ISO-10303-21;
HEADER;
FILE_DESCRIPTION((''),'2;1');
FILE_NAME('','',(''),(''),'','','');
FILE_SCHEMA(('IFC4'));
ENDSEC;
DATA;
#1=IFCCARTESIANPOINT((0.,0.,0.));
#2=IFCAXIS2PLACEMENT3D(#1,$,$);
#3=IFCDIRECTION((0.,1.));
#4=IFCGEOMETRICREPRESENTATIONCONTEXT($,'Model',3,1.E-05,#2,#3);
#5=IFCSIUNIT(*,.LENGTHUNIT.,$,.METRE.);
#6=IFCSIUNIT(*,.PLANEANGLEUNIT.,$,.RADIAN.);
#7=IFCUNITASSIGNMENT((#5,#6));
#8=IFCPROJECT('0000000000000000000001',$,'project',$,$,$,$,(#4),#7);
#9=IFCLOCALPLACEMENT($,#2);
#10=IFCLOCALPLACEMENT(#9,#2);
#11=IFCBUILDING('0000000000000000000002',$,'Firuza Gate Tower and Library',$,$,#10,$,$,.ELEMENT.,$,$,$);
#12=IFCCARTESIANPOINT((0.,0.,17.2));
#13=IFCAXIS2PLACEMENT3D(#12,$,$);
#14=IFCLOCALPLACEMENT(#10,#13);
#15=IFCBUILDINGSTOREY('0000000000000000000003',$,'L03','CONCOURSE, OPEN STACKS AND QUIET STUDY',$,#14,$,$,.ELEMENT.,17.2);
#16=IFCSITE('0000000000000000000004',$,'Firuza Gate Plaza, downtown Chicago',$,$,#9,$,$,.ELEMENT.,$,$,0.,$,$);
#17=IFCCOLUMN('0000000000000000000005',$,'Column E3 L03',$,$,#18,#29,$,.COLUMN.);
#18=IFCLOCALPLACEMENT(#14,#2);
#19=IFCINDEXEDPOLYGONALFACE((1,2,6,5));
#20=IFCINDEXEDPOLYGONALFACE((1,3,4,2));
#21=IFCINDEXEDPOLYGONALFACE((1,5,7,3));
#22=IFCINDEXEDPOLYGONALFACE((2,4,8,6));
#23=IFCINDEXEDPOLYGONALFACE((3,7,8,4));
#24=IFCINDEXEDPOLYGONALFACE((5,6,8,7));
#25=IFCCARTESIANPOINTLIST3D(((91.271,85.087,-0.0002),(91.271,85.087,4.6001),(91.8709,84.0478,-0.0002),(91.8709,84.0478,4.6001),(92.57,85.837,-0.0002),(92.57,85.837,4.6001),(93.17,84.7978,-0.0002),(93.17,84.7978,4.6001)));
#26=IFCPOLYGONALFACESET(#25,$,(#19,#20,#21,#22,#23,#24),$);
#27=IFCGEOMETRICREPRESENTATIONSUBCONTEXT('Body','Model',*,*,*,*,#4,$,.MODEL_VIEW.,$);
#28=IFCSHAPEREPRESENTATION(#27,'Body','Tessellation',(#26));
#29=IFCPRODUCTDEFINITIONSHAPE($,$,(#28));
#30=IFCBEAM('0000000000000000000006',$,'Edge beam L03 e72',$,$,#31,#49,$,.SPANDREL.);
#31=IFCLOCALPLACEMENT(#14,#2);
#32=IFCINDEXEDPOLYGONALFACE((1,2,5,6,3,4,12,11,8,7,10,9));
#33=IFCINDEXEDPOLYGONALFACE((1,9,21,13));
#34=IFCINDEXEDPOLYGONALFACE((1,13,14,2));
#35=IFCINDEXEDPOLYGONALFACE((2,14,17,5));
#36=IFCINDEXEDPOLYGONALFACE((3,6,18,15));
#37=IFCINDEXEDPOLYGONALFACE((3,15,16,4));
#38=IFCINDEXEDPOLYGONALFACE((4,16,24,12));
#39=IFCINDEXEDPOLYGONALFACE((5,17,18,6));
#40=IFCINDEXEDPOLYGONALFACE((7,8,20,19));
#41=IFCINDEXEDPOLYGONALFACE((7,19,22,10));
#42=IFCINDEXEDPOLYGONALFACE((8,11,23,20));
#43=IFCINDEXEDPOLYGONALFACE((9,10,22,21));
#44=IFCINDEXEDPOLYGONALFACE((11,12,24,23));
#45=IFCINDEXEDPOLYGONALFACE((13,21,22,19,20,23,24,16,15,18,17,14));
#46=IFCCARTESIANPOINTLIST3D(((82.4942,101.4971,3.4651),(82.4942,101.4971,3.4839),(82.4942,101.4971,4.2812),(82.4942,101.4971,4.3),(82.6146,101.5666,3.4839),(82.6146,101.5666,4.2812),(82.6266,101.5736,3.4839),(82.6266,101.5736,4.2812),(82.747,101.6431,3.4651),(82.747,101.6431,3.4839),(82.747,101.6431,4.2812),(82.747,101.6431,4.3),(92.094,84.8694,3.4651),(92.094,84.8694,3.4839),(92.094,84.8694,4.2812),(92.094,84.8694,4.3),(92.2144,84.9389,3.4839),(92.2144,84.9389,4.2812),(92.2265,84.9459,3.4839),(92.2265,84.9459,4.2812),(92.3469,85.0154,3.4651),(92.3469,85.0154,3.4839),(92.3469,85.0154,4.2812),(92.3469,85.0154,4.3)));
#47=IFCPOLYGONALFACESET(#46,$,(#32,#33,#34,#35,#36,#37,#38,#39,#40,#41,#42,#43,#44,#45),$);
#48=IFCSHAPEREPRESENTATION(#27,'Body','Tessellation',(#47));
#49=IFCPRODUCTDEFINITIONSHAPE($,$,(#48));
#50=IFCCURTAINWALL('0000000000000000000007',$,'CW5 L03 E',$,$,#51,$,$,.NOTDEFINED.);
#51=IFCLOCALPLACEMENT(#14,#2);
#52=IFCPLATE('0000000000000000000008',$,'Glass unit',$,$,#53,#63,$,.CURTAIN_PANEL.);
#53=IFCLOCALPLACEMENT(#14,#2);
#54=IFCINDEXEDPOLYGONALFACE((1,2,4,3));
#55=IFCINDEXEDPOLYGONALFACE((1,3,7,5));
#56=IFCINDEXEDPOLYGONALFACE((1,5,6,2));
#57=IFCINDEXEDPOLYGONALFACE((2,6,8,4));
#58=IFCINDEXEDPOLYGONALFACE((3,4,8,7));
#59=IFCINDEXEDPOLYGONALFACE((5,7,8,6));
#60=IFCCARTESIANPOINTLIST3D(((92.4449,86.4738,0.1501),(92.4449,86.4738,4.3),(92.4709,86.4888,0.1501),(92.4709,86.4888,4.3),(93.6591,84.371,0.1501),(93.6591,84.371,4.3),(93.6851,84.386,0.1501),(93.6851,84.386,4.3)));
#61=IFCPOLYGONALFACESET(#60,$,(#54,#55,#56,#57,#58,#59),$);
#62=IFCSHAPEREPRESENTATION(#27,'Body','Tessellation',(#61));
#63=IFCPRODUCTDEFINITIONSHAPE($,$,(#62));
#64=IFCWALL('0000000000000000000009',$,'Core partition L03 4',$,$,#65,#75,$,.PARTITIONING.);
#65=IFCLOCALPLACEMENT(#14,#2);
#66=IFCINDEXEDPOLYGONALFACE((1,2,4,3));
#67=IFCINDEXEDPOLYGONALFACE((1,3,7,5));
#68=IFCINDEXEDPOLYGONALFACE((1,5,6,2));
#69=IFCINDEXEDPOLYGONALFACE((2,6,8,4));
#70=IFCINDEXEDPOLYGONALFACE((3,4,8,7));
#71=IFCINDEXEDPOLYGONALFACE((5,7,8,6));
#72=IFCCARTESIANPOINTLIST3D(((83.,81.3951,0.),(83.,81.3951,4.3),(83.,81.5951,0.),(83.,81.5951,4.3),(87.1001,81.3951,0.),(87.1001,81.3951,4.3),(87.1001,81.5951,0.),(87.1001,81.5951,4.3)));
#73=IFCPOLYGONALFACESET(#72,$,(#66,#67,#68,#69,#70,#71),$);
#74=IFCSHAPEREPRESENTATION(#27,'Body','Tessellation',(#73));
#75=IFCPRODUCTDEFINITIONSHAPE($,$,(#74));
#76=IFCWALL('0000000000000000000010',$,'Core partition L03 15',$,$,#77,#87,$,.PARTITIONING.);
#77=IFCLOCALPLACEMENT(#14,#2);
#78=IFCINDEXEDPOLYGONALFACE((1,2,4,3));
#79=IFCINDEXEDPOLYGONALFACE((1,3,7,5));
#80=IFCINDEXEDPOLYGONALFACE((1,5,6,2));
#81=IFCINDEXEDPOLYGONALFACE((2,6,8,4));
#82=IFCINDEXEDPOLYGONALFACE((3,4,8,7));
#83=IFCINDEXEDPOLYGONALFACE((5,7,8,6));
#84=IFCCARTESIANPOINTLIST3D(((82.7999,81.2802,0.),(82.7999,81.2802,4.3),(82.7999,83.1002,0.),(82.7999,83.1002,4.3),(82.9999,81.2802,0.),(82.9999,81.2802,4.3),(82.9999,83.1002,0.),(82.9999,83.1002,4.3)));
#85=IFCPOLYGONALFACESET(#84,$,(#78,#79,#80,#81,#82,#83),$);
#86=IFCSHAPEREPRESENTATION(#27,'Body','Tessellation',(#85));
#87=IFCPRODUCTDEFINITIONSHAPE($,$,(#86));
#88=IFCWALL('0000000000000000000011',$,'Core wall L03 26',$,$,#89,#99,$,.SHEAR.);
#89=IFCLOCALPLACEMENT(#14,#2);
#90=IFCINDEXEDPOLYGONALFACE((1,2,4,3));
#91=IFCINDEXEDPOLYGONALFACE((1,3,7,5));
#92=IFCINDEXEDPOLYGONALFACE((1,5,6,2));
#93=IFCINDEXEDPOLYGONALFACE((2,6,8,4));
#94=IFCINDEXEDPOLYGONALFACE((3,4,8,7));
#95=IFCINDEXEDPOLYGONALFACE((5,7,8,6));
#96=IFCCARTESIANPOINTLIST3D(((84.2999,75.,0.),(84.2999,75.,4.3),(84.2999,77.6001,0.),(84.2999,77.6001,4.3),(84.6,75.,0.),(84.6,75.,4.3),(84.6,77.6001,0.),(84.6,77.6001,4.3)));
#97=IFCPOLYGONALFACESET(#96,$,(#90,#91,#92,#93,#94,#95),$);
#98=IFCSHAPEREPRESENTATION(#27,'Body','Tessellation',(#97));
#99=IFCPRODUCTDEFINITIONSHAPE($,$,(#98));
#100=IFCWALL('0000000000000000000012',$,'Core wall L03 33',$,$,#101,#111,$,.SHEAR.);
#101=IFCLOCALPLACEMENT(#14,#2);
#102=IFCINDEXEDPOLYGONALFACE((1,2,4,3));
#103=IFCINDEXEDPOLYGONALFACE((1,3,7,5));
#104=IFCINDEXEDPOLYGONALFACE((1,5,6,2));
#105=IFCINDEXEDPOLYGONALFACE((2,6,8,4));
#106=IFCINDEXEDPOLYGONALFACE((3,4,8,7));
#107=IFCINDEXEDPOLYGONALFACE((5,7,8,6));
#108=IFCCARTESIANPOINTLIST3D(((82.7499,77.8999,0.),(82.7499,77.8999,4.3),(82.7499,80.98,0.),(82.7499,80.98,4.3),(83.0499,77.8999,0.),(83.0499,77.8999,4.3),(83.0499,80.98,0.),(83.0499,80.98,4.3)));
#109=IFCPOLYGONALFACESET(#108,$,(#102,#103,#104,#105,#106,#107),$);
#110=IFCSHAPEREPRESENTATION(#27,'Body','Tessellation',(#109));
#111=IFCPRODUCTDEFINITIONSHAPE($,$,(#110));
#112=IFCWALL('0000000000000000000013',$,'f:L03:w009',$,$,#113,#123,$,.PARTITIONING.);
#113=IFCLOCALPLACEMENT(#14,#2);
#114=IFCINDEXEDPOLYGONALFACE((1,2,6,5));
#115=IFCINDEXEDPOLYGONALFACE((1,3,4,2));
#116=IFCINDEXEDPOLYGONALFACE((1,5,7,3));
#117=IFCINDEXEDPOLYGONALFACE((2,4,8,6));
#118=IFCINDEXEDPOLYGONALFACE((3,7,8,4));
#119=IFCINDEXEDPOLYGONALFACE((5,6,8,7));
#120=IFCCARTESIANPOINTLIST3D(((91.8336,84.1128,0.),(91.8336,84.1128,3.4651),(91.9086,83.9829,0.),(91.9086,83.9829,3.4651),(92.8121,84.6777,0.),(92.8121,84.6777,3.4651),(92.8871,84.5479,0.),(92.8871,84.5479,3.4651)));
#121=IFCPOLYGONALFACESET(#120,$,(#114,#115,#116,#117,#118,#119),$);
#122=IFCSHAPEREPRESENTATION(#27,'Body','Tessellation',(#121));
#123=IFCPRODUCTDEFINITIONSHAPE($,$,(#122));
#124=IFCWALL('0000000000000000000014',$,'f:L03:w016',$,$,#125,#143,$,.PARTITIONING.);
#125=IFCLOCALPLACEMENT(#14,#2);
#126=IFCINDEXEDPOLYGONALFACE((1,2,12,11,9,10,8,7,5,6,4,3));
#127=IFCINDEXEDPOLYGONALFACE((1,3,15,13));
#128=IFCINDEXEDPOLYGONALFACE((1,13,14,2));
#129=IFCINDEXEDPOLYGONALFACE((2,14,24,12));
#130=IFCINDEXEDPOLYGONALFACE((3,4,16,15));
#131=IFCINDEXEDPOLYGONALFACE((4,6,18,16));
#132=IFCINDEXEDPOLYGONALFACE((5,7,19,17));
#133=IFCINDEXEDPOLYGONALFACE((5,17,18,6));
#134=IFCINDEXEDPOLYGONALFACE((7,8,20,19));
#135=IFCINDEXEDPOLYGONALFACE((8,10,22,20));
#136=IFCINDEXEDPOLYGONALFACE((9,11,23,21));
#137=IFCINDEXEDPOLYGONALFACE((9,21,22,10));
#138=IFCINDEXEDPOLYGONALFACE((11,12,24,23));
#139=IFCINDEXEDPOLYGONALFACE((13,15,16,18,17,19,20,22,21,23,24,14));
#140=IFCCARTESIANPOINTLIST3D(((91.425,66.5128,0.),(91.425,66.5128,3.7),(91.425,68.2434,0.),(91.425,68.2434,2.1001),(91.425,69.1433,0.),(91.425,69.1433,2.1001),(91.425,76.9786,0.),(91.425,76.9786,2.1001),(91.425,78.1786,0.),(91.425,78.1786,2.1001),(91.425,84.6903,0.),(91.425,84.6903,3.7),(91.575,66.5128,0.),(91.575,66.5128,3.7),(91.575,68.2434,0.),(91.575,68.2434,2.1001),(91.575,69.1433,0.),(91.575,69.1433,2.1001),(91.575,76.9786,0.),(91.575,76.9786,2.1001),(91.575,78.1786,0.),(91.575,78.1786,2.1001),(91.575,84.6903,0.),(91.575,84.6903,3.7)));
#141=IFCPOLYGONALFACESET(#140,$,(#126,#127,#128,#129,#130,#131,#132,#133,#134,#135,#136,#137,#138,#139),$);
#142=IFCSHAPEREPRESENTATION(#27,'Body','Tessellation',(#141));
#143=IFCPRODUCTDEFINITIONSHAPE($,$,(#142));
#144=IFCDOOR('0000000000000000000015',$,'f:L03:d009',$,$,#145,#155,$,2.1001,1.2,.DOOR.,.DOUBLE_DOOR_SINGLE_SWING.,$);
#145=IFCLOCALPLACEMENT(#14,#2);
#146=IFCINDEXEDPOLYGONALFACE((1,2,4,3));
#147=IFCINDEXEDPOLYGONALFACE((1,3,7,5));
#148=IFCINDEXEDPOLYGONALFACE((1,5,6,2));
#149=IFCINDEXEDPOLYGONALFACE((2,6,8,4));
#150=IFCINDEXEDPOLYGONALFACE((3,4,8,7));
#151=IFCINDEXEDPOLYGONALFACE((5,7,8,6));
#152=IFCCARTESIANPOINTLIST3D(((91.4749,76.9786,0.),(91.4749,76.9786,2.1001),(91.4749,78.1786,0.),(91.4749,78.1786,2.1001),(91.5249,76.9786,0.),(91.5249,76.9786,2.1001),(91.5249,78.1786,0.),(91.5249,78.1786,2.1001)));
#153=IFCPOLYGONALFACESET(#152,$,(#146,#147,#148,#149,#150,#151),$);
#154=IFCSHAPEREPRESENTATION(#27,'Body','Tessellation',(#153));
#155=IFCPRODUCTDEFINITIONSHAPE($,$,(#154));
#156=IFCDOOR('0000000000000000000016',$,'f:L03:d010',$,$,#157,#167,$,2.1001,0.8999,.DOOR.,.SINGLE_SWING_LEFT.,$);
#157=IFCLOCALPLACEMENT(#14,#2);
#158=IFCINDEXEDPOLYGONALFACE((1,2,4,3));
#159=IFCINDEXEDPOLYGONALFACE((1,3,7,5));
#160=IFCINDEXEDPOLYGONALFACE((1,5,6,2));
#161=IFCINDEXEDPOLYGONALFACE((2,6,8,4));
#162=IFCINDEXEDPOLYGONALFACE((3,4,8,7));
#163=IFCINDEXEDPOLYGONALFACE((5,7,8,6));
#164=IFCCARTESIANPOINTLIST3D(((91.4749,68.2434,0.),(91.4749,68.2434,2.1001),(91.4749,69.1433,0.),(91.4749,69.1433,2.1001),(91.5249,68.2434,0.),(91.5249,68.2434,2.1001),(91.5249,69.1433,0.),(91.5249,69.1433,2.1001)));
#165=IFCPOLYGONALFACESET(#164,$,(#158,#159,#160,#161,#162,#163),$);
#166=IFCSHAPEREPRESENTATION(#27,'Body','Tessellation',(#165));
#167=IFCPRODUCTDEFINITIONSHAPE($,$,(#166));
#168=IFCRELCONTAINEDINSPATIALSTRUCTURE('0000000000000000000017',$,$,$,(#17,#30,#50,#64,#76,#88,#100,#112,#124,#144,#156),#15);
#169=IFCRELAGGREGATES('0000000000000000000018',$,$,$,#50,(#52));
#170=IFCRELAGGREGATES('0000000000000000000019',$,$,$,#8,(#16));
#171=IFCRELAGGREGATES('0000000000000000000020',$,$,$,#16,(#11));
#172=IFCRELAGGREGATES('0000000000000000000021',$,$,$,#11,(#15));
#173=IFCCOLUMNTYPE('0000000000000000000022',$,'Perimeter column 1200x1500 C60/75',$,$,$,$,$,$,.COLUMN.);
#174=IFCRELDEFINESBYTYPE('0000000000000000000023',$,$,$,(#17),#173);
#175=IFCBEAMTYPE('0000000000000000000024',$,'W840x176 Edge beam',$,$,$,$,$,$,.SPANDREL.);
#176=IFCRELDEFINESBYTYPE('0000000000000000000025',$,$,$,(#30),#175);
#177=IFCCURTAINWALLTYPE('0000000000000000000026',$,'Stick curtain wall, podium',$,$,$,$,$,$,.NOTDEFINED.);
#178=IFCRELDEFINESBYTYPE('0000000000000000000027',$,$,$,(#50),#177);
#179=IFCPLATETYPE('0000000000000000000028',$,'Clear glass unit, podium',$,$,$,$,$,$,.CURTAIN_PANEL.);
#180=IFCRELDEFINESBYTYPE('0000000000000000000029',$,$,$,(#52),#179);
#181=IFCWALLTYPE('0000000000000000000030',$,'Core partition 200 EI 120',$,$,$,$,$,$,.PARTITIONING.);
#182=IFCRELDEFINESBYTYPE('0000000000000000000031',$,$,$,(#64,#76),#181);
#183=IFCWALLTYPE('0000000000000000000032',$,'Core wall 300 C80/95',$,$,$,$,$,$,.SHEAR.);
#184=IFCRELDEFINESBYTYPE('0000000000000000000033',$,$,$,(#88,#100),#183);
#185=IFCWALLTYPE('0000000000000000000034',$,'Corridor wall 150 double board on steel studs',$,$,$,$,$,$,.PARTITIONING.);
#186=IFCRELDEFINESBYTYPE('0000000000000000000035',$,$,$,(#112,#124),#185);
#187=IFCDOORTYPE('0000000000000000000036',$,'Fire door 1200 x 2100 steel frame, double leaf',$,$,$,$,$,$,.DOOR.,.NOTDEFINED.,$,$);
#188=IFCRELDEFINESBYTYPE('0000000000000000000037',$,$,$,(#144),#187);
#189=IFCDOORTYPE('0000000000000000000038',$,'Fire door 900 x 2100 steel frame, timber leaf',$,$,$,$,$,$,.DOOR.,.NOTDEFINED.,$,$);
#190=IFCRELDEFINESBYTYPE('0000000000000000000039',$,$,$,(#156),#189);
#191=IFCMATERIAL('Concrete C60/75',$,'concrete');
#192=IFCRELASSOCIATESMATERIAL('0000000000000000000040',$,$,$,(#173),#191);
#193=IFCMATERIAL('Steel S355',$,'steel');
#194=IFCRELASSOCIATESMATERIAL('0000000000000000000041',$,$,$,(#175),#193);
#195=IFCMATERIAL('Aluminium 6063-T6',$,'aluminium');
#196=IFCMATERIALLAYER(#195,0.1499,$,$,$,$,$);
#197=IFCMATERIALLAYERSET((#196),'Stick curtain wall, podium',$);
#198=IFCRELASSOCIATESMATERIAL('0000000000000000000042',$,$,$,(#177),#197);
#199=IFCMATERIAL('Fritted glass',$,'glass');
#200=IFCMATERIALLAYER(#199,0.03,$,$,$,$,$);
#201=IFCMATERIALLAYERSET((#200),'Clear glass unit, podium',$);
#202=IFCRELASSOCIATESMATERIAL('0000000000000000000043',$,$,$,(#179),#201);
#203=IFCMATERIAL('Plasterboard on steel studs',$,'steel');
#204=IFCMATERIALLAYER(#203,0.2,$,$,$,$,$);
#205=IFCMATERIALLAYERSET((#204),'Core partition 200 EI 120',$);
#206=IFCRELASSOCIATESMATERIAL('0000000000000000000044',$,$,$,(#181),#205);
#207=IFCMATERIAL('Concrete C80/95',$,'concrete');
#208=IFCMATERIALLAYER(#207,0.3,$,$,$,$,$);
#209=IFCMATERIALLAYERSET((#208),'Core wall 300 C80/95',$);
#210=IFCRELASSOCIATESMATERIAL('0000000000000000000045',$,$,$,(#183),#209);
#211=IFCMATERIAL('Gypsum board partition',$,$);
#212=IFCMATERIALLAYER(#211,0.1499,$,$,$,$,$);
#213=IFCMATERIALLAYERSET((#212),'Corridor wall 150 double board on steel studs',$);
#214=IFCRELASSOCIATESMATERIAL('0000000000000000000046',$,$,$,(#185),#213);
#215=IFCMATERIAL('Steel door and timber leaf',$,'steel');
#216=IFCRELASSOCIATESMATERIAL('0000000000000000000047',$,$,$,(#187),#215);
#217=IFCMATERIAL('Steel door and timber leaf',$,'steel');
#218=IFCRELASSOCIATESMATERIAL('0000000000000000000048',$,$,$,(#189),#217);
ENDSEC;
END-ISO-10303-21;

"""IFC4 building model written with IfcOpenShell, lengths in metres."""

from ifc_helpers import new_model, si_unit, direction, frame, frame_2d, origin, origin_2d, place, context, subcontext, project, spatial, polyline, rectangle, i_section, outline, extrude, material, layer, layer_set, material_profile, profile_set, type_object, element, fill, aggregate, save


model = new_model("IFC4")

# Units and contexts
model_context = context("Model", 3, precision=1e-05, world=origin(), true_north=direction((0.0, 1.0)))
body_context = subcontext(model_context, "Body", "Model", "MODEL_VIEW")
ifc_project = project(units=[si_unit("LENGTHUNIT", "METRE"), si_unit("PLANEANGLEUNIT", "RADIAN")], contexts=[model_context])

# Site, building, storey
site_placement = place(None, origin())
site = spatial("IfcSite", under=ifc_project, at=site_placement, Name="Firuza Gate Plaza, downtown Chicago", CompositionType="ELEMENT", RefElevation=0.0)
building_placement = place(site_placement, origin())
building = spatial("IfcBuilding", under=site, at=building_placement, Name="Firuza Gate Tower and Library", CompositionType="ELEMENT")
storey_placement = place(building_placement, frame((0.0, 0.0, 17.2)))
storey = spatial("IfcBuildingStorey", under=building, at=storey_placement, Name="L03", Description="CONCOURSE, OPEN STACKS AND QUIET STUDY", CompositionType="ELEMENT", Elevation=17.2)

# Column
ifc_material_1 = material(Name="Concrete C60/75", Category="concrete")
ifc_material_profile_1 = material_profile(ifc_material_1, rectangle(XDim=1.2, YDim=1.5, at=origin_2d()))
ifc_profile_set_1 = profile_set([ifc_material_profile_1], Name="Concrete C60/75")
column_type = type_object("IfcColumnType", Name="Perimeter column 1200x1500 C60/75", PredefinedType="COLUMN", material=ifc_profile_set_1)
column_placement = place(storey_placement, frame((92.2205, 84.9424, -0.0002), z_axis=(0.0, 0.0, 1.0), x_axis=(-0.5, 0.866025, 0.0)))
element("IfcColumn", 1, at=column_placement, inside=storey, type_object=column_type, Name="Column E3 L03", PredefinedType="COLUMN", context=body_context, shape_type="SweptSolid", body=[
    extrude(rectangle(XDim=1.2, YDim=1.5, at=origin_2d()), origin(), (0.0, 0.0, 1.0), 4.6003),
])

# Beam
ifc_material_2 = material(Name="Steel S355", Category="steel")
ifc_material_profile_2 = material_profile(ifc_material_2, i_section(OverallWidth=0.292, OverallDepth=0.835, WebThickness=0.0139, FlangeThickness=0.0188, at=origin_2d()))
ifc_profile_set_2 = profile_set([ifc_material_profile_2], Name="Steel S355")
beam_type = type_object("IfcBeamType", Name="W840x176 Edge beam", PredefinedType="SPANDREL", material=ifc_profile_set_2)
beam_placement = place(storey_placement, frame((92.2205, 84.9424, 3.8826), z_axis=(-0.499994, 0.866029, 0.0), x_axis=(-0.866029, -0.499994, 0.0)))
element("IfcBeam", 2, at=beam_placement, inside=storey, type_object=beam_type, Name="Edge beam L03 e72", PredefinedType="SPANDREL", context=body_context, shape_type="SweptSolid", body=[
    extrude(i_section(OverallWidth=0.292, OverallDepth=0.835, WebThickness=0.0139, FlangeThickness=0.0188, at=origin_2d()), origin(), (0.0, 0.0, 1.0), 19.2),
])

# Curtain wall, plate
ifc_material_3 = material(Name="Aluminium 6063-T6", Category="aluminium")
ifc_layer_1 = layer(ifc_material_3, 0.1499)
ifc_layer_set_1 = layer_set([ifc_layer_1], Name="Stick curtain wall, podium")
curtain_wall_type = type_object("IfcCurtainWallType", Name="Stick curtain wall, podium", PredefinedType="NOTDEFINED", material=ifc_layer_set_1)
curtain_wall_placement = place(storey_placement, origin())
curtain_wall = element("IfcCurtainWall", 3, at=curtain_wall_placement, inside=storey, type_object=curtain_wall_type, Name="CW5 L03 E", PredefinedType="NOTDEFINED")
ifc_material_4 = material(Name="Fritted glass", Category="glass")
ifc_layer_2 = layer(ifc_material_4, 0.03)
ifc_layer_set_2 = layer_set([ifc_layer_2], Name="Clear glass unit, podium")
plate_type = type_object("IfcPlateType", Name="Clear glass unit, podium", PredefinedType="CURTAIN_PANEL", material=ifc_layer_set_2)
plate_placement = place(storey_placement, frame((93.6851, 84.386, 0.1501), z_axis=(0.866013, 0.500021, 0.0), x_axis=(-0.500021, 0.866013, 0.0)))
plate = element("IfcPlate", 4, at=plate_placement, type_object=plate_type, Name="Glass unit", PredefinedType="CURTAIN_PANEL", context=body_context, shape_type="SweptSolid", body=[
    extrude(outline(polyline([(0.0, 0.0), (2.4281, 0.0), (2.4281, 4.1499), (0.0, 4.1499), (0.0, 0.0)])), origin(), (0.0, 0.0, -1.0), 0.03),
])
aggregate(curtain_wall, [plate])

# Walls
ifc_material_5 = material(Name="Plasterboard on steel studs", Category="steel")
ifc_layer_3 = layer(ifc_material_5, 0.2)
ifc_layer_set_3 = layer_set([ifc_layer_3], Name="Core partition 200 EI 120")
wall_type_1 = type_object("IfcWallType", Name="Core partition 200 EI 120", PredefinedType="PARTITIONING", material=ifc_layer_set_3)
wall_1_placement = place(storey_placement, frame((83.0, 81.4951, 0.0), z_axis=(0.0, 0.0, 1.0), x_axis=(1.0, 0.0, 0.0)))
element("IfcWall", 5, at=wall_1_placement, inside=storey, type_object=wall_type_1, Name="Core partition L03 4", PredefinedType="PARTITIONING", context=body_context, shape_type="SweptSolid", body=[
    extrude(rectangle(XDim=4.1001, YDim=0.2, at=frame_2d((2.05, 0.0))), origin(), (0.0, 0.0, 1.0), 4.3),
])
wall_2_placement = place(storey_placement, frame((82.8999, 81.28, 0.0), z_axis=(0.0, 0.0, 1.0), x_axis=(0.0, 1.0, 0.0)))
element("IfcWall", 6, at=wall_2_placement, inside=storey, type_object=wall_type_1, Name="Core partition L03 15", PredefinedType="PARTITIONING", context=body_context, shape_type="SweptSolid", body=[
    extrude(rectangle(XDim=1.8201, YDim=0.2, at=frame_2d((0.9102, 0.0))), origin(), (0.0, 0.0, 1.0), 4.3),
])
ifc_material_6 = material(Name="Concrete C80/95", Category="concrete")
ifc_layer_4 = layer(ifc_material_6, 0.3)
ifc_layer_set_4 = layer_set([ifc_layer_4], Name="Core wall 300 C80/95")
wall_type_2 = type_object("IfcWallType", Name="Core wall 300 C80/95", PredefinedType="SHEAR", material=ifc_layer_set_4)
wall_3_placement = place(storey_placement, frame((84.45, 75.0, 0.0), z_axis=(0.0, 0.0, 1.0), x_axis=(0.0, 1.0, 0.0)))
element("IfcWall", 7, at=wall_3_placement, inside=storey, type_object=wall_type_2, Name="Core wall L03 26", PredefinedType="SHEAR", context=body_context, shape_type="SweptSolid", body=[
    extrude(rectangle(XDim=2.6001, YDim=0.3, at=frame_2d((1.3, 0.0))), origin(), (0.0, 0.0, 1.0), 4.3),
])
wall_4_placement = place(storey_placement, frame((82.8999, 77.8999, 0.0), z_axis=(0.0, 0.0, 1.0), x_axis=(0.0, 1.0, 0.0)))
element("IfcWall", 8, at=wall_4_placement, inside=storey, type_object=wall_type_2, Name="Core wall L03 33", PredefinedType="SHEAR", context=body_context, shape_type="SweptSolid", body=[
    extrude(rectangle(XDim=3.0801, YDim=0.3, at=frame_2d((1.54, 0.0))), origin(), (0.0, 0.0, 1.0), 4.3),
])
ifc_material_7 = material(Name="Gypsum board partition")
ifc_layer_5 = layer(ifc_material_7, 0.1499)
ifc_layer_set_5 = layer_set([ifc_layer_5], Name="Corridor wall 150 double board on steel studs")
wall_type_3 = type_object("IfcWallType", Name="Corridor wall 150 double board on steel studs", PredefinedType="PARTITIONING", material=ifc_layer_set_5)
wall_5_placement = place(storey_placement, frame((91.8711, 84.0479, 0.0), z_axis=(0.0, 0.0, 1.0), x_axis=(0.866027, 0.499997, 0.0)))
element("IfcWall", 9, at=wall_5_placement, inside=storey, type_object=wall_type_3, Name="f:L03:w009", PredefinedType="PARTITIONING", context=body_context, shape_type="SweptSolid", body=[
    extrude(rectangle(XDim=1.1299, YDim=0.1499, at=frame_2d((0.5649, 0.0))), origin(), (0.0, 0.0, 1.0), 3.4651),
])

# Wall, openings, doors
wall_6_placement = place(storey_placement, frame((91.5, 84.6904, 0.0), z_axis=(0.0, 0.0, 1.0), x_axis=(0.0, -1.0, 0.0)))
wall_6 = element("IfcWall", 10, at=wall_6_placement, inside=storey, type_object=wall_type_3, Name="f:L03:w016", PredefinedType="PARTITIONING", context=body_context, shape_type="SweptSolid", body=[
    extrude(rectangle(XDim=18.1775, YDim=0.1499, at=frame_2d((9.0889, 0.0))), origin(), (0.0, 0.0, 1.0), 3.7),
])
opening_1_placement = place(wall_6_placement, frame((6.5117, 0.0, 0.0)))
opening_1 = element("IfcOpeningElement", 11, at=opening_1_placement, cuts=wall_6, PredefinedType="OPENING", context=body_context, shape_type="SweptSolid", body=[
    extrude(rectangle(XDim=1.2, YDim=2.1001, at=frame_2d((0.6001, 1.05))), frame((0.0, 0.085, 0.0), z_axis=(0.0, -1.0, 0.0), x_axis=(1.0, 0.0, 0.0)), (0.0, 0.0, 1.0), 0.1699),
])
opening_2_placement = place(wall_6_placement, frame((15.5471, 0.0, 0.0)))
opening_2 = element("IfcOpeningElement", 12, at=opening_2_placement, cuts=wall_6, PredefinedType="OPENING", context=body_context, shape_type="SweptSolid", body=[
    extrude(rectangle(XDim=0.8999, YDim=2.1001, at=frame_2d((0.45, 1.05))), frame((0.0, 0.085, 0.0), z_axis=(0.0, -1.0, 0.0), x_axis=(1.0, 0.0, 0.0)), (0.0, 0.0, 1.0), 0.1699),
])
ifc_material_8 = material(Name="Steel door and timber leaf", Category="steel")
door_type_1 = type_object("IfcDoorType", Name="Fire door 1200 x 2100 steel frame, double leaf", OperationType="NOTDEFINED", PredefinedType="DOOR", material=ifc_material_8)
door_1_placement = place(opening_1_placement, origin())
door_1 = element("IfcDoor", 13, at=door_1_placement, inside=storey, type_object=door_type_1, Name="f:L03:d009", OperationType="DOUBLE_DOOR_SINGLE_SWING", OverallHeight=2.1001, OverallWidth=1.2, PredefinedType="DOOR", context=body_context, shape_type="SweptSolid", body=[
    extrude(rectangle(XDim=1.2, YDim=2.1001, at=frame_2d((0.6001, 1.05))), frame((0.0, 0.0249, 0.0), z_axis=(0.0, -1.0, 0.0), x_axis=(1.0, 0.0, 0.0)), (0.0, 0.0, 1.0), 0.05),
])
fill(opening_1, door_1)
ifc_material_9 = material(Name="Steel door and timber leaf", Category="steel")
door_type_2 = type_object("IfcDoorType", Name="Fire door 900 x 2100 steel frame, timber leaf", OperationType="NOTDEFINED", PredefinedType="DOOR", material=ifc_material_9)
door_2_placement = place(opening_2_placement, origin())
door_2 = element("IfcDoor", 14, at=door_2_placement, inside=storey, type_object=door_type_2, Name="f:L03:d010", OperationType="SINGLE_SWING_LEFT", OverallHeight=2.1001, OverallWidth=0.8999, PredefinedType="DOOR", context=body_context, shape_type="SweptSolid", body=[
    extrude(rectangle(XDim=0.8999, YDim=2.1001, at=frame_2d((0.45, 1.05))), frame((0.0, 0.0249, 0.0), z_axis=(0.0, -1.0, 0.0), x_axis=(1.0, 0.0, 0.0)), (0.0, 0.0, 1.0), 0.05),
])
fill(opening_2, door_2)

save(model, "model.ifc")
